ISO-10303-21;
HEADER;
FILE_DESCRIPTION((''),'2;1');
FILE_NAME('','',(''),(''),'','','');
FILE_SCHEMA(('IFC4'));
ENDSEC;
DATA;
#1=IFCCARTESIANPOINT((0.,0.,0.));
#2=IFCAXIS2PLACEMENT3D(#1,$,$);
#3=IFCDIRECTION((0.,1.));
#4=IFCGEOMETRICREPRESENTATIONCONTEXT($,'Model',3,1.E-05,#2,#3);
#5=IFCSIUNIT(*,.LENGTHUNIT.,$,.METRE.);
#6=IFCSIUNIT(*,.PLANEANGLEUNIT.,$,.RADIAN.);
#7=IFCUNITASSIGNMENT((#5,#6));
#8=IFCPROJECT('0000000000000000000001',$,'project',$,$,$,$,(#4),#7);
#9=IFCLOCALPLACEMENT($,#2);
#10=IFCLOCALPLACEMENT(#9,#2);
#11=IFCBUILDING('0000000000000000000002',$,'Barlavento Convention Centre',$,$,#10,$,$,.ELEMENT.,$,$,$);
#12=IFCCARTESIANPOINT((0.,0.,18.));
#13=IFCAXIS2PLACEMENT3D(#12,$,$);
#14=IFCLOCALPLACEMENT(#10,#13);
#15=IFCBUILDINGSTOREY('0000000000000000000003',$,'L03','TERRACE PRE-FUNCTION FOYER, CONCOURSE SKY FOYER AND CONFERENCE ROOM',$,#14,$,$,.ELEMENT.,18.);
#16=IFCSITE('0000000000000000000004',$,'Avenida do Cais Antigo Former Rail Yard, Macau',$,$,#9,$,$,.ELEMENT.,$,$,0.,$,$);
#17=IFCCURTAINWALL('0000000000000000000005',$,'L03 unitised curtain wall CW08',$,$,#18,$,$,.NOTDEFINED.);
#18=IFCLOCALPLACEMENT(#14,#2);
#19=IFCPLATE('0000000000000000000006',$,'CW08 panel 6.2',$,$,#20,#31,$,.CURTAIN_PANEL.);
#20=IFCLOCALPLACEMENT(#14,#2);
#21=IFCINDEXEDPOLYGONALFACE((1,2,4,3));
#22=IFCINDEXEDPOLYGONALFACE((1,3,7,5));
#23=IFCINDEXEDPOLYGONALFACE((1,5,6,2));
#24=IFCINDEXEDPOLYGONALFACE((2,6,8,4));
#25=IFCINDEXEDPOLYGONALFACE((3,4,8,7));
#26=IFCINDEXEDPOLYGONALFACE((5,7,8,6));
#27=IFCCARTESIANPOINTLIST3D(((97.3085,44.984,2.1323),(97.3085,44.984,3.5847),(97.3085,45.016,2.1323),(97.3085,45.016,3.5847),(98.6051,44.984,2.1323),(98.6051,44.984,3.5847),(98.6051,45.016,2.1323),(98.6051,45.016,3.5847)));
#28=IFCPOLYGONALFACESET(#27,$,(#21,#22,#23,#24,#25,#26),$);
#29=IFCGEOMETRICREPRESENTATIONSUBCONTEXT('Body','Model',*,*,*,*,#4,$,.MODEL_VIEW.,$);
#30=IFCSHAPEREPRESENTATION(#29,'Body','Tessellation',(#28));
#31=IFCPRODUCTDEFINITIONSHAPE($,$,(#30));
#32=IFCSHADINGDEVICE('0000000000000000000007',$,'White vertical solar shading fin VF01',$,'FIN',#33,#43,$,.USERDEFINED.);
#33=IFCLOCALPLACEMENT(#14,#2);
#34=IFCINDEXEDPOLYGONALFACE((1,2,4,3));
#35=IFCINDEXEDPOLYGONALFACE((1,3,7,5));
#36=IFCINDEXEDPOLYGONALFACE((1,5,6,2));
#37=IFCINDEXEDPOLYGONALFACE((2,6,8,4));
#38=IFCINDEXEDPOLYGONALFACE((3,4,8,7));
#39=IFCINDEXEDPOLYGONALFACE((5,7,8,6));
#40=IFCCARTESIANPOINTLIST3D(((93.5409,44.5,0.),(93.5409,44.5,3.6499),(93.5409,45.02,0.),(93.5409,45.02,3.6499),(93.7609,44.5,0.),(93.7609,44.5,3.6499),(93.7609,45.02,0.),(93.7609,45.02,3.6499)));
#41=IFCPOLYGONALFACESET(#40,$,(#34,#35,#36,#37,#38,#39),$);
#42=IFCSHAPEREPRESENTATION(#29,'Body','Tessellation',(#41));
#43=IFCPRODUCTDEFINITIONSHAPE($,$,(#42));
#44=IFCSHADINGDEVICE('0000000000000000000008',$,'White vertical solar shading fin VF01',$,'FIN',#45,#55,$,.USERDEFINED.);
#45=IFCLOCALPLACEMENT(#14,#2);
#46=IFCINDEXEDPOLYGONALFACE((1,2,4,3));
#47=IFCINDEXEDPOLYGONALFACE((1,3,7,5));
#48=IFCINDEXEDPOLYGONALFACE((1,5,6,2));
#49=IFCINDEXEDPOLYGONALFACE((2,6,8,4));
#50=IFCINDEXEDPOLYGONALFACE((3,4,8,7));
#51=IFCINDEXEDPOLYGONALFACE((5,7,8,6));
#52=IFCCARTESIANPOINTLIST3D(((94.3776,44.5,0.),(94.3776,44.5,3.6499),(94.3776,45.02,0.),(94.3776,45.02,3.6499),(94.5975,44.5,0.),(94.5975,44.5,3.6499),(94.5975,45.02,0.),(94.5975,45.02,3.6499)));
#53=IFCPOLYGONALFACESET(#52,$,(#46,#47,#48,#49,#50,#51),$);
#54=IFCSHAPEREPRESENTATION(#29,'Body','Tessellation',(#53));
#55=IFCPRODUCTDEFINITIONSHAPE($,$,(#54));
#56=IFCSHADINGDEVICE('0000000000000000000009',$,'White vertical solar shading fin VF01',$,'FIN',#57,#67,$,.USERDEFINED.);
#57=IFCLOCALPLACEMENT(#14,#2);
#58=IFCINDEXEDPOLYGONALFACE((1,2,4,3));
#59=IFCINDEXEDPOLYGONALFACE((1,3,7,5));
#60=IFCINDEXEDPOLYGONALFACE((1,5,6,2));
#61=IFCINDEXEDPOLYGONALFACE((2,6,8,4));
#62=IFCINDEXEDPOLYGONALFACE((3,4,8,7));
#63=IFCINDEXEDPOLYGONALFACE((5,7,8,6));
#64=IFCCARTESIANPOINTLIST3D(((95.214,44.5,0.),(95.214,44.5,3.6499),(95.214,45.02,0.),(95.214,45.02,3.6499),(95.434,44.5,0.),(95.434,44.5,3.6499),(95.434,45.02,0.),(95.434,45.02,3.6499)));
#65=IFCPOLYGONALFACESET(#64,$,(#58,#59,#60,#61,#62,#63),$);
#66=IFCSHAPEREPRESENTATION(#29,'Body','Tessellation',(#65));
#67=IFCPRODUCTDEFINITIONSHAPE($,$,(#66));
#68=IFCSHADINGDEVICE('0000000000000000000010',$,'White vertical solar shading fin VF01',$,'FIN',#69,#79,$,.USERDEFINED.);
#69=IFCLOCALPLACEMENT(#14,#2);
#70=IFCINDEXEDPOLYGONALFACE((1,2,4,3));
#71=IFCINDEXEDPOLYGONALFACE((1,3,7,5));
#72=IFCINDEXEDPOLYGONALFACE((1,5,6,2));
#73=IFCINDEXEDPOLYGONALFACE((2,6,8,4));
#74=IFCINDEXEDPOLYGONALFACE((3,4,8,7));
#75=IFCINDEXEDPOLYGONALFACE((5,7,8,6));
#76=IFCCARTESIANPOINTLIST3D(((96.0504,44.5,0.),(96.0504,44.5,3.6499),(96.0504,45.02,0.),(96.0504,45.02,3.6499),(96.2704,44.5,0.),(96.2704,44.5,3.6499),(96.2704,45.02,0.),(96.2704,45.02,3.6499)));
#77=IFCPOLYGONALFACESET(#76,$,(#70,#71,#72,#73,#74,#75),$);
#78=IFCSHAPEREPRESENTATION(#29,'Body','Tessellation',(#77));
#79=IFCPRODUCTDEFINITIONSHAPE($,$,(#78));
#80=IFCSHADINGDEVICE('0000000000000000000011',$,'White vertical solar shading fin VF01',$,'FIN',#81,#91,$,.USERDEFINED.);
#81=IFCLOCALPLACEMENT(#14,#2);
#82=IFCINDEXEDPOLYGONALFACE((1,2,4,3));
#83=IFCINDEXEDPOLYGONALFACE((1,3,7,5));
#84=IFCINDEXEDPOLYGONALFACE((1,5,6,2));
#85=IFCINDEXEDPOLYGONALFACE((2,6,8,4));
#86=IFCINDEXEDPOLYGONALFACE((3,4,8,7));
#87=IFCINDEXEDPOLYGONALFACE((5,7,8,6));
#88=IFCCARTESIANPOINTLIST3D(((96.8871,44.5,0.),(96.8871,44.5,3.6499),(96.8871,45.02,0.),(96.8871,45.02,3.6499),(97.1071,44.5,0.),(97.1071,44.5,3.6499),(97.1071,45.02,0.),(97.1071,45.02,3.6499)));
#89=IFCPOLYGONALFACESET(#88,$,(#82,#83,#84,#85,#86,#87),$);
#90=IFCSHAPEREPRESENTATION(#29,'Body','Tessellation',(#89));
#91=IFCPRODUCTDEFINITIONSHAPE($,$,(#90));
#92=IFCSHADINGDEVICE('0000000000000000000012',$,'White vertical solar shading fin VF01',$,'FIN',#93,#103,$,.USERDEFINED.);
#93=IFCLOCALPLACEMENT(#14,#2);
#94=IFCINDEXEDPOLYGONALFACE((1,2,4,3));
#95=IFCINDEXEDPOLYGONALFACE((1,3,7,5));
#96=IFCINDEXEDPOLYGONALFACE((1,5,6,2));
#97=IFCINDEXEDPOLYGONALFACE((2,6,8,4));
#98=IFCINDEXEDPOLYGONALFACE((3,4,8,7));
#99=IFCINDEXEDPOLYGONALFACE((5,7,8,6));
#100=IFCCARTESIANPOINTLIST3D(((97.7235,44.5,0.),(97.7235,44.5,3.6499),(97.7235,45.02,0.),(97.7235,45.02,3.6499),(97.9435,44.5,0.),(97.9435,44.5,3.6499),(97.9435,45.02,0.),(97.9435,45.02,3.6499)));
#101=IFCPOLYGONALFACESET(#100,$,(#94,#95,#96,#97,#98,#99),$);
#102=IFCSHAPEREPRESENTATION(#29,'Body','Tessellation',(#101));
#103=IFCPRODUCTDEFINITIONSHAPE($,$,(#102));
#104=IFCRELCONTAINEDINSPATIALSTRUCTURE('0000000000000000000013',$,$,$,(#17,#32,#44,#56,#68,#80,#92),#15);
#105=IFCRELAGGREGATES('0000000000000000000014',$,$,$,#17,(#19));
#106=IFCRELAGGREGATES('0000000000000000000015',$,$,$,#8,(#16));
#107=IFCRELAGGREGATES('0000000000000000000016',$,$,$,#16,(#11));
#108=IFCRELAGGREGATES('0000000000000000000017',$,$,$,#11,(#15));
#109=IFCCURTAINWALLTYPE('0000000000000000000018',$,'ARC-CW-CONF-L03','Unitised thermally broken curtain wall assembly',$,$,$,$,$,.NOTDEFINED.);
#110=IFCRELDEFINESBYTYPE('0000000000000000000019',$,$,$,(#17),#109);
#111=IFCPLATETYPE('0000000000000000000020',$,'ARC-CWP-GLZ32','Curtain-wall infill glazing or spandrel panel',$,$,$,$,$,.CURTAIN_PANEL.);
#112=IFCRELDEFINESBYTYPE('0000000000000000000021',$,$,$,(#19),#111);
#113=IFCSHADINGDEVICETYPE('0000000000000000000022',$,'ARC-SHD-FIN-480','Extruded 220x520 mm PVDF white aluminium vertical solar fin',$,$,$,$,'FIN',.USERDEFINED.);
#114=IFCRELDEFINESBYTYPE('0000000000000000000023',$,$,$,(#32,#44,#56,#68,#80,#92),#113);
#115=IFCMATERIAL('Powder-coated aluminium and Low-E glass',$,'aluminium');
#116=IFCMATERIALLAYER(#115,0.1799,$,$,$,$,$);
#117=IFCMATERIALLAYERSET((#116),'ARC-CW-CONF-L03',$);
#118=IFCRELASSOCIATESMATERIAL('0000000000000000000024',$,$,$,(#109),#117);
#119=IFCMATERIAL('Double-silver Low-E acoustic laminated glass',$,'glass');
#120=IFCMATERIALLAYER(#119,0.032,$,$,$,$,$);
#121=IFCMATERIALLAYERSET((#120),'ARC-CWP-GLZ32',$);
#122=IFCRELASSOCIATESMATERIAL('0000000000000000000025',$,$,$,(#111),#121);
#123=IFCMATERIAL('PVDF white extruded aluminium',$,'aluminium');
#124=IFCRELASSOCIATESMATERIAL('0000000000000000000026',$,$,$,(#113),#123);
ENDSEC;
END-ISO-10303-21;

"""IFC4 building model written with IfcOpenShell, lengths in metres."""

from ifc_helpers import new_model, si_unit, direction, frame, origin, origin_2d, place, context, subcontext, project, spatial, rectangle, extrude, material, layer, layer_set, type_object, element, aggregate, save


model = new_model("IFC4")

# Units and contexts
model_context = context("Model", 3, precision=1e-05, world=origin(), true_north=direction((0.0, 1.0)))
body_context = subcontext(model_context, "Body", "Model", "MODEL_VIEW")
ifc_project = project(units=[si_unit("LENGTHUNIT", "METRE"), si_unit("PLANEANGLEUNIT", "RADIAN")], contexts=[model_context])

# Site, building, storey
site_placement = place(None, origin())
site = spatial("IfcSite", under=ifc_project, at=site_placement, Name="Avenida do Cais Antigo Former Rail Yard, Macau", CompositionType="ELEMENT", RefElevation=0.0)
building_placement = place(site_placement, origin())
building = spatial("IfcBuilding", under=site, at=building_placement, Name="Barlavento Convention Centre", CompositionType="ELEMENT")
storey_placement = place(building_placement, frame((0.0, 0.0, 18.0)))
storey = spatial("IfcBuildingStorey", under=building, at=storey_placement, Name="L03", Description="TERRACE PRE-FUNCTION FOYER, CONCOURSE SKY FOYER AND CONFERENCE ROOM", CompositionType="ELEMENT", Elevation=18.0)

# Curtain wall, plate
ifc_material_1 = material(Name="Powder-coated aluminium and Low-E glass", Category="aluminium")
ifc_layer_1 = layer(ifc_material_1, 0.1799)
ifc_layer_set_1 = layer_set([ifc_layer_1], Name="ARC-CW-CONF-L03")
curtain_wall_type = type_object("IfcCurtainWallType", Name="ARC-CW-CONF-L03", Description="Unitised thermally broken curtain wall assembly", PredefinedType="NOTDEFINED", material=ifc_layer_set_1)
curtain_wall_placement = place(storey_placement, origin())
curtain_wall = element("IfcCurtainWall", 1, at=curtain_wall_placement, inside=storey, type_object=curtain_wall_type, Name="L03 unitised curtain wall CW08", PredefinedType="NOTDEFINED")
ifc_material_2 = material(Name="Double-silver Low-E acoustic laminated glass", Category="glass")
ifc_layer_2 = layer(ifc_material_2, 0.032)
ifc_layer_set_2 = layer_set([ifc_layer_2], Name="ARC-CWP-GLZ32")
plate_type = type_object("IfcPlateType", Name="ARC-CWP-GLZ32", Description="Curtain-wall infill glazing or spandrel panel", PredefinedType="CURTAIN_PANEL", material=ifc_layer_set_2)
plate_1_placement = place(storey_placement, frame((97.9568, 45.0, 2.1323), z_axis=(0.0, 0.0, 1.0), x_axis=(1.0, 0.0, 0.0)))
plate_1 = element("IfcPlate", 2, at=plate_1_placement, type_object=plate_type, Name="CW08 panel 6.2", PredefinedType="CURTAIN_PANEL", context=body_context, shape_type="SweptSolid", body=[
    extrude(rectangle(XDim=1.2966, YDim=0.032, at=origin_2d()), origin(), (0.0, 0.0, 1.0), 1.4524),
])
aggregate(curtain_wall, [plate_1])

# Shading devices
ifc_material_3 = material(Name="PVDF white extruded aluminium", Category="aluminium")
shading_device_type = type_object("IfcShadingDeviceType", Name="ARC-SHD-FIN-480", Description="Extruded 220x520 mm PVDF white aluminium vertical solar fin", ElementType="FIN", PredefinedType="USERDEFINED", material=ifc_material_3)
for number, where, z_axis, x_axis, name in (
    (3, (93.6509, 44.76, 0.0), (0.0, 0.0, 1.0), (1.0, 0.0, 0.0), "White vertical solar shading fin VF01"),
    (4, (94.4875, 44.76, 0.0), (0.0, 0.0, 1.0), (1.0, 0.0, 0.0), "White vertical solar shading fin VF01"),
    (5, (95.324, 44.76, 0.0), (0.0, 0.0, 1.0), (1.0, 0.0, 0.0), "White vertical solar shading fin VF01"),
    (6, (96.1604, 44.76, 0.0), (0.0, 0.0, 1.0), (1.0, 0.0, 0.0), "White vertical solar shading fin VF01"),
    (7, (96.9971, 44.76, 0.0), (0.0, 0.0, 1.0), (1.0, 0.0, 0.0), "White vertical solar shading fin VF01"),
    (8, (97.8335, 44.76, 0.0), (0.0, 0.0, 1.0), (1.0, 0.0, 0.0), "White vertical solar shading fin VF01"),
):
    element("IfcShadingDevice", number, at=place(storey_placement, frame(where, z_axis=z_axis, x_axis=x_axis)), inside=storey, type_object=shading_device_type, Name=name, ObjectType="FIN", PredefinedType="USERDEFINED", context=body_context, shape_type="SweptSolid", body=[
        extrude(rectangle(XDim=0.22, YDim=0.52, at=origin_2d()), origin(), (0.0, 0.0, 1.0), 3.6499),
    ])

save(model, "model.ifc")
